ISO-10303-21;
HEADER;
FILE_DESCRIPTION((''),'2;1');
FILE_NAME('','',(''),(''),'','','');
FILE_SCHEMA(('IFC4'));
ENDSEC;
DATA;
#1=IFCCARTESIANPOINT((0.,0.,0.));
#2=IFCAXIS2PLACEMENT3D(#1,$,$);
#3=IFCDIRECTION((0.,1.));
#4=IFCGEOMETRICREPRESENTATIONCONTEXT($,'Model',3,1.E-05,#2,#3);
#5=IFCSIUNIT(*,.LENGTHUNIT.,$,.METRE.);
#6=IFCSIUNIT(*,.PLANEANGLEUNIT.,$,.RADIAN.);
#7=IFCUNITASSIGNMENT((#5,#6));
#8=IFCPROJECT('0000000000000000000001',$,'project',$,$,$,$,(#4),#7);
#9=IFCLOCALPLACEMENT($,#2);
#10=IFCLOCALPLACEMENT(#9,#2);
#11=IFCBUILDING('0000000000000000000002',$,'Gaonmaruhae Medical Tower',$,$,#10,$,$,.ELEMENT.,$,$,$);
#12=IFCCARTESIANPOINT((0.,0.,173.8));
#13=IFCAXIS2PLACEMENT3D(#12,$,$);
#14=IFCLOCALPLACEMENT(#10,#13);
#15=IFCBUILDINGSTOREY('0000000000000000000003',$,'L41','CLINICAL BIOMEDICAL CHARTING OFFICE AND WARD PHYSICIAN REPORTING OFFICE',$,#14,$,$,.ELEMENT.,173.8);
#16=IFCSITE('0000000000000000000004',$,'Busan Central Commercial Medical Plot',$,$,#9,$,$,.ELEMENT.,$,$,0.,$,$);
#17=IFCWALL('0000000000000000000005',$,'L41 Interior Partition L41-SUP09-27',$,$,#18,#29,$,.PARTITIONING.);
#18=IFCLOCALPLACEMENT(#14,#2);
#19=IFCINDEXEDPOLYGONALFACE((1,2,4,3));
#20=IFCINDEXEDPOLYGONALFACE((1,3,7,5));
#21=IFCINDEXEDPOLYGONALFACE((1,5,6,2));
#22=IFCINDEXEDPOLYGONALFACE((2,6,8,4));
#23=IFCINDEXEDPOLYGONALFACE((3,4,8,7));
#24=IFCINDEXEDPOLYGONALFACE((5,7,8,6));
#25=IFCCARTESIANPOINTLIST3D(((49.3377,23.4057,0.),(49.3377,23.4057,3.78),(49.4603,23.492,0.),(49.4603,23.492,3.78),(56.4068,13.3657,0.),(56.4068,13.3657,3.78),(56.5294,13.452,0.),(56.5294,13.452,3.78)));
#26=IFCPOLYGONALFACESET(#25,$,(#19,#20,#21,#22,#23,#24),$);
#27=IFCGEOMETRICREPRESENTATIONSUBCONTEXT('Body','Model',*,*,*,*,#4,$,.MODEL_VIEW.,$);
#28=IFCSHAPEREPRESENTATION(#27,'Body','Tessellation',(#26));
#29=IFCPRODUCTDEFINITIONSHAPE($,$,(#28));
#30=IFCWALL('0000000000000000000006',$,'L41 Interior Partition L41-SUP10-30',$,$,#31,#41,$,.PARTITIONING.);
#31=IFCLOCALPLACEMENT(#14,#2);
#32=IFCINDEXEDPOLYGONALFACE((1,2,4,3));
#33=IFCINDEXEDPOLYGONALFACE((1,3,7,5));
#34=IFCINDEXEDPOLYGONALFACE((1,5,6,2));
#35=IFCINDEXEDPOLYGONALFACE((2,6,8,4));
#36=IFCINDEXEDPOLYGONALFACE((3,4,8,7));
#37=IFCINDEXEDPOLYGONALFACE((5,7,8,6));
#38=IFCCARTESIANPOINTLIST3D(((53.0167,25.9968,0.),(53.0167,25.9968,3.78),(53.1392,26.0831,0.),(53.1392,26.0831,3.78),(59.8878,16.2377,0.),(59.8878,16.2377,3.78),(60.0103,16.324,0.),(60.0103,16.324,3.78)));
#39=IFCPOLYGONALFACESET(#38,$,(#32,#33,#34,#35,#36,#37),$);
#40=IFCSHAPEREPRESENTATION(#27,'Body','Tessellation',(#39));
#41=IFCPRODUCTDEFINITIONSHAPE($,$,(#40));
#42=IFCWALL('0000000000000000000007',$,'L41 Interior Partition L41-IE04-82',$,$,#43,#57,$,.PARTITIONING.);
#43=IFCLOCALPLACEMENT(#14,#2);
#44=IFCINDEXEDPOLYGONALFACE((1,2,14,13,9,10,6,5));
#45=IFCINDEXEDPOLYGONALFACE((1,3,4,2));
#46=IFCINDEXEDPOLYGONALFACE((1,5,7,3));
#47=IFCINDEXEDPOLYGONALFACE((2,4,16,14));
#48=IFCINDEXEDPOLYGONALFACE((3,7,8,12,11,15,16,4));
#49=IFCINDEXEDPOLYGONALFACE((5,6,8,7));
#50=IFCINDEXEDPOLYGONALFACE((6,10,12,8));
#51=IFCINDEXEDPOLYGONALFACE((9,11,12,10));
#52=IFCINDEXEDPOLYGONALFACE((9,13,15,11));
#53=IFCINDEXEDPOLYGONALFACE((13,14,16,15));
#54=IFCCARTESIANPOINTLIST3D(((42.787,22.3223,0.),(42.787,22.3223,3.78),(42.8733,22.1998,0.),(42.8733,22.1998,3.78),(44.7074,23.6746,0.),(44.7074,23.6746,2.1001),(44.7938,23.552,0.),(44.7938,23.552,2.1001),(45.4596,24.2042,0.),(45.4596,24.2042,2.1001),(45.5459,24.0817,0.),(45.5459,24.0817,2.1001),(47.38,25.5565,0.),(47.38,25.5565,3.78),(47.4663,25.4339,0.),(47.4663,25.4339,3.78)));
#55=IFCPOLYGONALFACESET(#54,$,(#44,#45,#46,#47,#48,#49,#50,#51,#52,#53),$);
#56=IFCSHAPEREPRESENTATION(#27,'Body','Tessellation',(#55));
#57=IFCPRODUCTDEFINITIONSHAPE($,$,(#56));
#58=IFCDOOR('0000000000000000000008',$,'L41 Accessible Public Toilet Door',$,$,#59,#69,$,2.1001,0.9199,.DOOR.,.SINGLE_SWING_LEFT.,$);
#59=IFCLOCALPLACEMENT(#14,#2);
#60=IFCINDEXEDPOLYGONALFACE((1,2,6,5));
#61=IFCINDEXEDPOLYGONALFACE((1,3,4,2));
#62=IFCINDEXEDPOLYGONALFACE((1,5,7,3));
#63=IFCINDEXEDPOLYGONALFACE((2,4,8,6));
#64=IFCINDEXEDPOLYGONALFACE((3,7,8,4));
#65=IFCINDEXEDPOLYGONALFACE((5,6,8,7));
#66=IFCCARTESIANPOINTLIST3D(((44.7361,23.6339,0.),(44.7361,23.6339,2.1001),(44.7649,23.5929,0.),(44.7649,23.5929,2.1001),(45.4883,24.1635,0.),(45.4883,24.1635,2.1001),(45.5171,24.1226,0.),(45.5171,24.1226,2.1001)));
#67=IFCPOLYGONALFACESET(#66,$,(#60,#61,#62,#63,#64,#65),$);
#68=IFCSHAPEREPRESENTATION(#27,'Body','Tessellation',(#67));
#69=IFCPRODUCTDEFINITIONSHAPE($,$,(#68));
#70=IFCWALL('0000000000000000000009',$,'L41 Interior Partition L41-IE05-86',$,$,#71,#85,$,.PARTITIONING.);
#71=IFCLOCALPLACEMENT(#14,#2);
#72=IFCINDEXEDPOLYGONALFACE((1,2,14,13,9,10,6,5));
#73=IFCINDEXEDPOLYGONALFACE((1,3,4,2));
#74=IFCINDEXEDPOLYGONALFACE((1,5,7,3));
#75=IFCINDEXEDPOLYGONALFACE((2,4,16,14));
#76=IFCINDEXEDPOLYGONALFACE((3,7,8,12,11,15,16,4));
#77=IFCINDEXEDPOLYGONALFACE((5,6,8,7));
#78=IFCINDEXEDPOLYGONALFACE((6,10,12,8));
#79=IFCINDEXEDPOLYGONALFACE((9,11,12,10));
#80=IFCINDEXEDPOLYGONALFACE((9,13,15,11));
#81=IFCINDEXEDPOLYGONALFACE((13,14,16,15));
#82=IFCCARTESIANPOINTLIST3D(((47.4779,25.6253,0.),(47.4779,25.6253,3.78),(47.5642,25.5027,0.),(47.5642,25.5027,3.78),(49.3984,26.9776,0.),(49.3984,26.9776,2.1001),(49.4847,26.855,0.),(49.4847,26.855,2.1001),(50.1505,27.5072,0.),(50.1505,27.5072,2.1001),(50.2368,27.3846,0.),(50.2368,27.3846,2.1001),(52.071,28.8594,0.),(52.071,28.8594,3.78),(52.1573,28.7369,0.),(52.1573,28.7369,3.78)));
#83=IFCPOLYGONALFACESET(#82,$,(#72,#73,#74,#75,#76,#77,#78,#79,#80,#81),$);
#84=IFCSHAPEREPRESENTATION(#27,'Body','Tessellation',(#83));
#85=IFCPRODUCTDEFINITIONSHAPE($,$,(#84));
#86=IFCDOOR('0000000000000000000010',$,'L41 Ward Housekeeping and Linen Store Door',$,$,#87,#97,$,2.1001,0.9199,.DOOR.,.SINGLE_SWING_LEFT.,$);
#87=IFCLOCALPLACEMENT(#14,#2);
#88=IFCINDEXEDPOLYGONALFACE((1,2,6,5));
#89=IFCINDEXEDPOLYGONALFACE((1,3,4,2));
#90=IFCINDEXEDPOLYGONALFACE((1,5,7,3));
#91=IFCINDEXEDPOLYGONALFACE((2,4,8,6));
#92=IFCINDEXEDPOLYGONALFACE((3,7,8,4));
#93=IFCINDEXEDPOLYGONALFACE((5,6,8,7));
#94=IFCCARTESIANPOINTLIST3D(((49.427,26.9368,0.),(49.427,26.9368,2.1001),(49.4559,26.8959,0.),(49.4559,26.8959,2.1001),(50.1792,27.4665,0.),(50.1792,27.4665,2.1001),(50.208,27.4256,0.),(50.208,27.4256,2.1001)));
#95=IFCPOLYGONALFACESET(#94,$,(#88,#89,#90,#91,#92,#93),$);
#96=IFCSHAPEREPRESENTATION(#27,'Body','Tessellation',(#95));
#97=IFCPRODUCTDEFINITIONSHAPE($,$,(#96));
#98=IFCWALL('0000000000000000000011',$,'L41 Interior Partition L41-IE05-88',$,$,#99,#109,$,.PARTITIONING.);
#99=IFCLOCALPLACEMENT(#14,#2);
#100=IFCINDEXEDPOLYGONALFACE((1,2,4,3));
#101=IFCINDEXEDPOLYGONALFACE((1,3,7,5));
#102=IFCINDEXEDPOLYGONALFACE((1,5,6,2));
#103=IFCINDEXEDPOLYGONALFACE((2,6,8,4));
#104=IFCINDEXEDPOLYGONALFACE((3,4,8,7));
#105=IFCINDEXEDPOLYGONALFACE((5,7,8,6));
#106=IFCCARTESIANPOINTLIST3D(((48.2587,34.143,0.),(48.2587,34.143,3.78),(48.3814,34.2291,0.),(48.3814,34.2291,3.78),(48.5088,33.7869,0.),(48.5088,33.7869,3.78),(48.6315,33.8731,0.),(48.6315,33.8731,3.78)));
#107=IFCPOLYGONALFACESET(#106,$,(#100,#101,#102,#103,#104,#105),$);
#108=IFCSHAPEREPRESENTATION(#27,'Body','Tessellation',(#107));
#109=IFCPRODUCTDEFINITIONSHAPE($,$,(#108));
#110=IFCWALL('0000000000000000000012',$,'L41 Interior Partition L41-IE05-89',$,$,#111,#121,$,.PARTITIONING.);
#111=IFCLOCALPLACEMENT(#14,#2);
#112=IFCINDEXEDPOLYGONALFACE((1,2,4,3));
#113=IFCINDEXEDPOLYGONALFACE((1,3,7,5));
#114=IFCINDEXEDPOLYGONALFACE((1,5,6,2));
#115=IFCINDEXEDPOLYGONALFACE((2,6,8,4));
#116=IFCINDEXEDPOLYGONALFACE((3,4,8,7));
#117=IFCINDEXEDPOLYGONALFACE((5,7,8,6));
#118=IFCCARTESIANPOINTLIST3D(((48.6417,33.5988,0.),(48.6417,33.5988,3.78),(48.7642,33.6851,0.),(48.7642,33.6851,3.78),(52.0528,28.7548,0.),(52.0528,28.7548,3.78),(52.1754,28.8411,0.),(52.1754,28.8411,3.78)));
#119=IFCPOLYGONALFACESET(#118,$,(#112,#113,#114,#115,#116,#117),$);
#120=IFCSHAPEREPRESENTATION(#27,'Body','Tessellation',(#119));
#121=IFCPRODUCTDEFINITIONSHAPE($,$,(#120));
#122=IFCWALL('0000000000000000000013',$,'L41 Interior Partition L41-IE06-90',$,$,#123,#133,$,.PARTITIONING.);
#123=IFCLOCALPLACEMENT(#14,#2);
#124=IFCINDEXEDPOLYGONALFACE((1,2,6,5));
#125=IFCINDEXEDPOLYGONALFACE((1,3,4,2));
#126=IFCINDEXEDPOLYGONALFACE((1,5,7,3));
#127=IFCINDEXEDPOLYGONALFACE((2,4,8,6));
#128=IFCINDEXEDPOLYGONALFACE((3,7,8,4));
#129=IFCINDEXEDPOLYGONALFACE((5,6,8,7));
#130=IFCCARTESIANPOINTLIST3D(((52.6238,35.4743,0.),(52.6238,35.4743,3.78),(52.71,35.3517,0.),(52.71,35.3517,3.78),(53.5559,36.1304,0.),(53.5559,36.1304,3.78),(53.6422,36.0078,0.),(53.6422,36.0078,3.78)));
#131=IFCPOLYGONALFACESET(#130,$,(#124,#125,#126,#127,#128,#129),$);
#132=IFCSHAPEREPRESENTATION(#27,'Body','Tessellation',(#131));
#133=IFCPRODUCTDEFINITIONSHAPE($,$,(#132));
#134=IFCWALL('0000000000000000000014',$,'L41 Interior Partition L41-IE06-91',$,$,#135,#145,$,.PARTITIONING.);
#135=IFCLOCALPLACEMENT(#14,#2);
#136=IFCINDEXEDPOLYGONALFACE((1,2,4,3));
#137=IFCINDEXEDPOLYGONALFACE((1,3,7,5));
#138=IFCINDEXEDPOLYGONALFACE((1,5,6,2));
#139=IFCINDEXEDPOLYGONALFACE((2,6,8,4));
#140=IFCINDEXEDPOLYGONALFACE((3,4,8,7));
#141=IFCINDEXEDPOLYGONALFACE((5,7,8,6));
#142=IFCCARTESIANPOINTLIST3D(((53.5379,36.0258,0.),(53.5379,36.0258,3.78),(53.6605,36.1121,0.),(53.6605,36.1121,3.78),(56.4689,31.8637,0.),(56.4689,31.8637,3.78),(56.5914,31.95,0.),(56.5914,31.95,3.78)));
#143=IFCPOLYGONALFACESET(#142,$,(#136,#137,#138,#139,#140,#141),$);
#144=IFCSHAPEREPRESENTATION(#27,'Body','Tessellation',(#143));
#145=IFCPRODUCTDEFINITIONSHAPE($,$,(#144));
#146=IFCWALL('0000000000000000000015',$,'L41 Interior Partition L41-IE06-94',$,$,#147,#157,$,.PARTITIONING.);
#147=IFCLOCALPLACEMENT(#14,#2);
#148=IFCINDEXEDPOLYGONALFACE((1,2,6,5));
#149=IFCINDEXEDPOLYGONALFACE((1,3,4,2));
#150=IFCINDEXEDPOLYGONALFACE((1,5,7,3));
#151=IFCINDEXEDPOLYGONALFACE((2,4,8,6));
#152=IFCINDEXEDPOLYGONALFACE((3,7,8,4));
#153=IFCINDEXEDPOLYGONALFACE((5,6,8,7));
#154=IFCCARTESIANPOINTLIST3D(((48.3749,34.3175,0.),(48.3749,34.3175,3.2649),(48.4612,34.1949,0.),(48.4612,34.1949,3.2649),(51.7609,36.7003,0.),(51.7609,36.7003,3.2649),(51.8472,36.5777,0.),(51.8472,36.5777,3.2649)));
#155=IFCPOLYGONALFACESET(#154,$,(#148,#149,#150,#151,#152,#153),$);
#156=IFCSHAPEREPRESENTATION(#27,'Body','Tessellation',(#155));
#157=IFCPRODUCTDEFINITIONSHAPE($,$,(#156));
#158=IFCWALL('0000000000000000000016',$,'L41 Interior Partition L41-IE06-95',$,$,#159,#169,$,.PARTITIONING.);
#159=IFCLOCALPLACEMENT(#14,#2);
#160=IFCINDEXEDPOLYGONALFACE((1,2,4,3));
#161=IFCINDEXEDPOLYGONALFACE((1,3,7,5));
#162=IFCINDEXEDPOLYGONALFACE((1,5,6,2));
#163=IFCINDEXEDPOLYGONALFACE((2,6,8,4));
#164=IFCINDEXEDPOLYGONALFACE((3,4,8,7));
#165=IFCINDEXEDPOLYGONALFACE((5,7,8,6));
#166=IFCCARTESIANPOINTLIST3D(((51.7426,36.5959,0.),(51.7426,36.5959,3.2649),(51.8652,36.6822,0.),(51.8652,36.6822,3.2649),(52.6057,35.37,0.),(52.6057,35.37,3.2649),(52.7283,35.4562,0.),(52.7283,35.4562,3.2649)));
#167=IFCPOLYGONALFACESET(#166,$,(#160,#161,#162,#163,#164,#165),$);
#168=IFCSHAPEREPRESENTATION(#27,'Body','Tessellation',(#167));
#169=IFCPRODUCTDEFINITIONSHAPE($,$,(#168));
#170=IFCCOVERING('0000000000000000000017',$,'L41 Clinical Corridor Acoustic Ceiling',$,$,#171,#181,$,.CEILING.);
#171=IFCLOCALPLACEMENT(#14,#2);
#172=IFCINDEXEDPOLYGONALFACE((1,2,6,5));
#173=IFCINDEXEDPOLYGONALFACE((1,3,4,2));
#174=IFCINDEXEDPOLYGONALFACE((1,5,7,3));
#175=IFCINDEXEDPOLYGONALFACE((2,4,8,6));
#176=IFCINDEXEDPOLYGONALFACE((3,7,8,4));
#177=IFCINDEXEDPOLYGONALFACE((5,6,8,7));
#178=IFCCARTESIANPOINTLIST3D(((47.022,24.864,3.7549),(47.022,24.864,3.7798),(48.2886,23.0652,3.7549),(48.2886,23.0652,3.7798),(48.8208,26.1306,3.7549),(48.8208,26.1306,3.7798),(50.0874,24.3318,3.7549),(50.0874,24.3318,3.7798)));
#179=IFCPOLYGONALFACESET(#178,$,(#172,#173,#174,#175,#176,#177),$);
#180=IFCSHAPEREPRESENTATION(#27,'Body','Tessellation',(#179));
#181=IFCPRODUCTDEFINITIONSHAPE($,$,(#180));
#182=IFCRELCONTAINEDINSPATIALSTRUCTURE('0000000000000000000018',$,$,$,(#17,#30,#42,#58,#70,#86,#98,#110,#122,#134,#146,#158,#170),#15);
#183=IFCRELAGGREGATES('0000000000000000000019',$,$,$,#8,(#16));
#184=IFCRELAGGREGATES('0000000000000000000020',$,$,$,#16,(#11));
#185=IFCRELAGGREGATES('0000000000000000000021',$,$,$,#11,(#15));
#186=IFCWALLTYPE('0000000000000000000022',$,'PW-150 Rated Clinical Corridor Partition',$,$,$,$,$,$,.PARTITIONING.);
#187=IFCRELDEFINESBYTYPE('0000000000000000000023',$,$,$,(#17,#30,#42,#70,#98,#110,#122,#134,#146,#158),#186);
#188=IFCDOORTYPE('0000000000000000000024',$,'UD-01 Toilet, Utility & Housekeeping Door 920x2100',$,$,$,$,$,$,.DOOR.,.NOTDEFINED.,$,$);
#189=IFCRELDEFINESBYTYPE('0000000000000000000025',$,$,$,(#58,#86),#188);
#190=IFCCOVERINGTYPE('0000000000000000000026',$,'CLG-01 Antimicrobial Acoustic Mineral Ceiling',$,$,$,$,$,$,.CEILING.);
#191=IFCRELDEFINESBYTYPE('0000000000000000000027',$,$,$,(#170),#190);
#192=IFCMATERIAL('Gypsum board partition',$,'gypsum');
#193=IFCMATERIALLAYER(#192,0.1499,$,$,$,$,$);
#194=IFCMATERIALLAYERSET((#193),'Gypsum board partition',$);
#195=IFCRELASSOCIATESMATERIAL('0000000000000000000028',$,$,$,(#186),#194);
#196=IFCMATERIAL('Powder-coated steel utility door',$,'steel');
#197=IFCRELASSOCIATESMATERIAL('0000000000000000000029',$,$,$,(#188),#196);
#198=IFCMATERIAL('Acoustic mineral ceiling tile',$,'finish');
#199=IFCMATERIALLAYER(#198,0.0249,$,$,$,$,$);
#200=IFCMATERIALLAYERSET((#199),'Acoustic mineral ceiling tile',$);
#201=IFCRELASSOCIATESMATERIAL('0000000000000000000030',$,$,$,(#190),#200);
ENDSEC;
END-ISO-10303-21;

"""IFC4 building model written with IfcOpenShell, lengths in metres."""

from ifc_helpers import new_model, si_unit, direction, frame, frame_2d, origin, origin_2d, place, context, subcontext, project, spatial, rectangle, extrude, material, layer, layer_set, type_object, element, fill, save


model = new_model("IFC4")

# Units and contexts
model_context = context("Model", 3, precision=1e-05, world=origin(), true_north=direction((0.0, 1.0)))
body_context = subcontext(model_context, "Body", "Model", "MODEL_VIEW")
ifc_project = project(units=[si_unit("LENGTHUNIT", "METRE"), si_unit("PLANEANGLEUNIT", "RADIAN")], contexts=[model_context])

# Site, building, storey
site_placement = place(None, origin())
site = spatial("IfcSite", under=ifc_project, at=site_placement, Name="Busan Central Commercial Medical Plot", CompositionType="ELEMENT", RefElevation=0.0)
building_placement = place(site_placement, origin())
building = spatial("IfcBuilding", under=site, at=building_placement, Name="Gaonmaruhae Medical Tower", CompositionType="ELEMENT")
storey_placement = place(building_placement, frame((0.0, 0.0, 173.8)))
storey = spatial("IfcBuildingStorey", under=building, at=storey_placement, Name="L41", Description="CLINICAL BIOMEDICAL CHARTING OFFICE AND WARD PHYSICIAN REPORTING OFFICE", CompositionType="ELEMENT", Elevation=173.8)

# Wall
ifc_material_1 = material(Name="Gypsum board partition", Category="gypsum")
ifc_layer_1 = layer(ifc_material_1, 0.1499)
ifc_layer_set_1 = layer_set([ifc_layer_1], Name="Gypsum board partition")
wall_type_1 = type_object("IfcWallType", Name="PW-150 Rated Clinical Corridor Partition", PredefinedType="PARTITIONING", material=ifc_layer_set_1)
wall_1_placement = place(storey_placement, frame((49.3989, 23.449, 0.0), z_axis=(0.0, 0.0, 1.0), x_axis=(0.575705, -0.817658, 0.0)))
element("IfcWall", 1, at=wall_1_placement, inside=storey, type_object=wall_type_1, Name="L41 Interior Partition L41-SUP09-27", PredefinedType="PARTITIONING", context=body_context, shape_type="SweptSolid", body=[
    extrude(rectangle(XDim=12.2791, YDim=0.1499, at=frame_2d((6.1396, 0.0))), origin(), (0.0, 0.0, 1.0), 3.78),
])

# Wall
wall_2_placement = place(storey_placement, frame((53.0779, 26.04, 0.0), z_axis=(0.0, 0.0, 1.0), x_axis=(0.575697, -0.817663, 0.0)))
element("IfcWall", 2, at=wall_2_placement, inside=storey, type_object=wall_type_1, Name="L41 Interior Partition L41-SUP10-30", PredefinedType="PARTITIONING", context=body_context, shape_type="SweptSolid", body=[
    extrude(rectangle(XDim=11.9353, YDim=0.1499, at=frame_2d((5.9678, 0.0))), origin(), (0.0, 0.0, 1.0), 3.78),
])

# Walls, openings, doors
wall_3_placement = place(storey_placement, frame((47.4231, 25.4951, 0.0), z_axis=(0.0, 0.0, 1.0), x_axis=(-0.817638, -0.575732, 0.0)))
wall_3 = element("IfcWall", 3, at=wall_3_placement, inside=storey, type_object=wall_type_1, Name="L41 Interior Partition L41-IE04-82", PredefinedType="PARTITIONING", context=body_context, shape_type="SweptSolid", body=[
    extrude(rectangle(XDim=5.6174, YDim=0.1499, at=frame_2d((2.8086, 0.0))), origin(), (0.0, 0.0, 1.0), 3.78),
])
opening_1_placement = place(wall_3_placement, frame((2.3486, 0.0, 0.0)))
opening_1 = element("IfcOpeningElement", 4, at=opening_1_placement, cuts=wall_3, PredefinedType="OPENING", context=body_context, shape_type="SweptSolid", body=[
    extrude(rectangle(XDim=0.9199, YDim=2.1001, at=frame_2d((0.46, 1.05))), frame((0.0, 0.085, 0.0), z_axis=(0.0, -1.0, 0.0), x_axis=(1.0, 0.0, 0.0)), (0.0, 0.0, 1.0), 0.1699),
])
ifc_material_2 = material(Name="Powder-coated steel utility door", Category="steel")
door_type_1 = type_object("IfcDoorType", Name="UD-01 Toilet, Utility & Housekeeping Door 920x2100", OperationType="NOTDEFINED", PredefinedType="DOOR", material=ifc_material_2)
door_1_placement = place(opening_1_placement, origin())
door_1 = element("IfcDoor", 5, at=door_1_placement, inside=storey, type_object=door_type_1, Name="L41 Accessible Public Toilet Door", OperationType="SINGLE_SWING_LEFT", OverallHeight=2.1001, OverallWidth=0.9199, PredefinedType="DOOR", context=body_context, shape_type="SweptSolid", body=[
    extrude(rectangle(XDim=0.9199, YDim=2.1001, at=frame_2d((0.46, 1.05))), frame((0.0, 0.0249, 0.0), z_axis=(0.0, -1.0, 0.0), x_axis=(1.0, 0.0, 0.0)), (0.0, 0.0, 1.0), 0.05),
])
fill(opening_1, door_1)
wall_4_placement = place(storey_placement, frame((52.114, 28.7981, 0.0), z_axis=(0.0, 0.0, 1.0), x_axis=(-0.817638, -0.575732, 0.0)))
wall_4 = element("IfcWall", 6, at=wall_4_placement, inside=storey, type_object=wall_type_1, Name="L41 Interior Partition L41-IE05-86", PredefinedType="PARTITIONING", context=body_context, shape_type="SweptSolid", body=[
    extrude(rectangle(XDim=5.6174, YDim=0.1499, at=frame_2d((2.8086, 0.0))), origin(), (0.0, 0.0, 1.0), 3.78),
])
opening_2_placement = place(wall_4_placement, frame((2.3486, 0.0, 0.0)))
opening_2 = element("IfcOpeningElement", 7, at=opening_2_placement, cuts=wall_4, PredefinedType="OPENING", context=body_context, shape_type="SweptSolid", body=[
    extrude(rectangle(XDim=0.9199, YDim=2.1001, at=frame_2d((0.46, 1.05))), frame((0.0, 0.085, 0.0), z_axis=(0.0, -1.0, 0.0), x_axis=(1.0, 0.0, 0.0)), (0.0, 0.0, 1.0), 0.1699),
])
door_2_placement = place(opening_2_placement, origin())
door_2 = element("IfcDoor", 8, at=door_2_placement, inside=storey, type_object=door_type_1, Name="L41 Ward Housekeeping and Linen Store Door", OperationType="SINGLE_SWING_LEFT", OverallHeight=2.1001, OverallWidth=0.9199, PredefinedType="DOOR", context=body_context, shape_type="SweptSolid", body=[
    extrude(rectangle(XDim=0.9199, YDim=2.1001, at=frame_2d((0.46, 1.05))), frame((0.0, 0.0249, 0.0), z_axis=(0.0, -1.0, 0.0), x_axis=(1.0, 0.0, 0.0)), (0.0, 0.0, 1.0), 0.05),
])
fill(opening_2, door_2)

# Walls
wall_5_placement = place(storey_placement, frame((48.3201, 34.186, 0.0), z_axis=(0.0, 0.0, 1.0), x_axis=(0.574742, -0.818334, 0.0)))
element("IfcWall", 9, at=wall_5_placement, inside=storey, type_object=wall_type_1, Name="L41 Interior Partition L41-IE05-88", PredefinedType="PARTITIONING", context=body_context, shape_type="SweptSolid", body=[
    extrude(rectangle(XDim=0.4351, YDim=0.1499, at=frame_2d((0.2175, 0.0))), origin(), (0.0, 0.0, 1.0), 3.78),
])
wall_6_placement = place(storey_placement, frame((48.7029, 33.6421, 0.0), z_axis=(0.0, 0.0, 1.0), x_axis=(0.575764, -0.817616, 0.0)))
element("IfcWall", 10, at=wall_6_placement, inside=storey, type_object=wall_type_1, Name="L41 Interior Partition L41-IE05-89", PredefinedType="PARTITIONING", context=body_context, shape_type="SweptSolid", body=[
    extrude(rectangle(XDim=5.9246, YDim=0.1499, at=frame_2d((2.9624, 0.0))), origin(), (0.0, 0.0, 1.0), 3.78),
])
wall_7_placement = place(storey_placement, frame((52.667, 35.4131, 0.0), z_axis=(0.0, 0.0, 1.0), x_axis=(0.81778, 0.575531, 0.0)))
element("IfcWall", 11, at=wall_7_placement, inside=storey, type_object=wall_type_1, Name="L41 Interior Partition L41-IE06-90", PredefinedType="PARTITIONING", context=body_context, shape_type="SweptSolid", body=[
    extrude(rectangle(XDim=1.1399, YDim=0.1499, at=frame_2d((0.5698, 0.0))), origin(), (0.0, 0.0, 1.0), 3.78),
])
wall_8_placement = place(storey_placement, frame((53.5991, 36.0691, 0.0), z_axis=(0.0, 0.0, 1.0), x_axis=(0.575758, -0.81762, 0.0)))
element("IfcWall", 12, at=wall_8_placement, inside=storey, type_object=wall_type_1, Name="L41 Interior Partition L41-IE06-91", PredefinedType="PARTITIONING", context=body_context, shape_type="SweptSolid", body=[
    extrude(rectangle(XDim=5.0906, YDim=0.1499, at=frame_2d((2.5454, 0.0))), origin(), (0.0, 0.0, 1.0), 3.78),
])

# Walls
wall_9_placement = place(storey_placement, frame((48.418, 34.2561, 0.0), z_axis=(0.0, 0.0, 1.0), x_axis=(0.817797, 0.575507, 0.0)))
element("IfcWall", 13, at=wall_9_placement, inside=storey, type_object=wall_type_1, Name="L41 Interior Partition L41-IE06-94", PredefinedType="PARTITIONING", context=body_context, shape_type="SweptSolid", body=[
    extrude(rectangle(XDim=4.1404, YDim=0.1499, at=frame_2d((2.0703, 0.0))), origin(), (0.0, 0.0, 1.0), 3.2649),
])
wall_10_placement = place(storey_placement, frame((51.804, 36.6389, 0.0), z_axis=(0.0, 0.0, 1.0), x_axis=(0.575679, -0.817676, 0.0)))
element("IfcWall", 14, at=wall_10_placement, inside=storey, type_object=wall_type_1, Name="L41 Interior Partition L41-IE06-95", PredefinedType="PARTITIONING", context=body_context, shape_type="SweptSolid", body=[
    extrude(rectangle(XDim=1.4993, YDim=0.1499, at=frame_2d((0.7495, 0.0))), origin(), (0.0, 0.0, 1.0), 3.2649),
])

# Covering
ifc_material_3 = material(Name="Acoustic mineral ceiling tile", Category="finish")
ifc_layer_2 = layer(ifc_material_3, 0.0249)
ifc_layer_set_2 = layer_set([ifc_layer_2], Name="Acoustic mineral ceiling tile")
covering_type_1 = type_object("IfcCoveringType", Name="CLG-01 Antimicrobial Acoustic Mineral Ceiling", PredefinedType="CEILING", material=ifc_layer_set_2)
covering_1_placement = place(storey_placement, frame((48.5547, 24.5979, 3.7549), z_axis=(0.0, 0.0, 1.0), x_axis=(0.817648, 0.575719, 0.0)))
element("IfcCovering", 15, at=covering_1_placement, inside=storey, type_object=covering_type_1, Name="L41 Clinical Corridor Acoustic Ceiling", PredefinedType="CEILING", context=body_context, shape_type="SweptSolid", body=[
    extrude(rectangle(XDim=2.2, YDim=2.2, at=origin_2d()), origin(), (0.0, 0.0, 1.0), 0.0249),
])

save(model, "model.ifc")
